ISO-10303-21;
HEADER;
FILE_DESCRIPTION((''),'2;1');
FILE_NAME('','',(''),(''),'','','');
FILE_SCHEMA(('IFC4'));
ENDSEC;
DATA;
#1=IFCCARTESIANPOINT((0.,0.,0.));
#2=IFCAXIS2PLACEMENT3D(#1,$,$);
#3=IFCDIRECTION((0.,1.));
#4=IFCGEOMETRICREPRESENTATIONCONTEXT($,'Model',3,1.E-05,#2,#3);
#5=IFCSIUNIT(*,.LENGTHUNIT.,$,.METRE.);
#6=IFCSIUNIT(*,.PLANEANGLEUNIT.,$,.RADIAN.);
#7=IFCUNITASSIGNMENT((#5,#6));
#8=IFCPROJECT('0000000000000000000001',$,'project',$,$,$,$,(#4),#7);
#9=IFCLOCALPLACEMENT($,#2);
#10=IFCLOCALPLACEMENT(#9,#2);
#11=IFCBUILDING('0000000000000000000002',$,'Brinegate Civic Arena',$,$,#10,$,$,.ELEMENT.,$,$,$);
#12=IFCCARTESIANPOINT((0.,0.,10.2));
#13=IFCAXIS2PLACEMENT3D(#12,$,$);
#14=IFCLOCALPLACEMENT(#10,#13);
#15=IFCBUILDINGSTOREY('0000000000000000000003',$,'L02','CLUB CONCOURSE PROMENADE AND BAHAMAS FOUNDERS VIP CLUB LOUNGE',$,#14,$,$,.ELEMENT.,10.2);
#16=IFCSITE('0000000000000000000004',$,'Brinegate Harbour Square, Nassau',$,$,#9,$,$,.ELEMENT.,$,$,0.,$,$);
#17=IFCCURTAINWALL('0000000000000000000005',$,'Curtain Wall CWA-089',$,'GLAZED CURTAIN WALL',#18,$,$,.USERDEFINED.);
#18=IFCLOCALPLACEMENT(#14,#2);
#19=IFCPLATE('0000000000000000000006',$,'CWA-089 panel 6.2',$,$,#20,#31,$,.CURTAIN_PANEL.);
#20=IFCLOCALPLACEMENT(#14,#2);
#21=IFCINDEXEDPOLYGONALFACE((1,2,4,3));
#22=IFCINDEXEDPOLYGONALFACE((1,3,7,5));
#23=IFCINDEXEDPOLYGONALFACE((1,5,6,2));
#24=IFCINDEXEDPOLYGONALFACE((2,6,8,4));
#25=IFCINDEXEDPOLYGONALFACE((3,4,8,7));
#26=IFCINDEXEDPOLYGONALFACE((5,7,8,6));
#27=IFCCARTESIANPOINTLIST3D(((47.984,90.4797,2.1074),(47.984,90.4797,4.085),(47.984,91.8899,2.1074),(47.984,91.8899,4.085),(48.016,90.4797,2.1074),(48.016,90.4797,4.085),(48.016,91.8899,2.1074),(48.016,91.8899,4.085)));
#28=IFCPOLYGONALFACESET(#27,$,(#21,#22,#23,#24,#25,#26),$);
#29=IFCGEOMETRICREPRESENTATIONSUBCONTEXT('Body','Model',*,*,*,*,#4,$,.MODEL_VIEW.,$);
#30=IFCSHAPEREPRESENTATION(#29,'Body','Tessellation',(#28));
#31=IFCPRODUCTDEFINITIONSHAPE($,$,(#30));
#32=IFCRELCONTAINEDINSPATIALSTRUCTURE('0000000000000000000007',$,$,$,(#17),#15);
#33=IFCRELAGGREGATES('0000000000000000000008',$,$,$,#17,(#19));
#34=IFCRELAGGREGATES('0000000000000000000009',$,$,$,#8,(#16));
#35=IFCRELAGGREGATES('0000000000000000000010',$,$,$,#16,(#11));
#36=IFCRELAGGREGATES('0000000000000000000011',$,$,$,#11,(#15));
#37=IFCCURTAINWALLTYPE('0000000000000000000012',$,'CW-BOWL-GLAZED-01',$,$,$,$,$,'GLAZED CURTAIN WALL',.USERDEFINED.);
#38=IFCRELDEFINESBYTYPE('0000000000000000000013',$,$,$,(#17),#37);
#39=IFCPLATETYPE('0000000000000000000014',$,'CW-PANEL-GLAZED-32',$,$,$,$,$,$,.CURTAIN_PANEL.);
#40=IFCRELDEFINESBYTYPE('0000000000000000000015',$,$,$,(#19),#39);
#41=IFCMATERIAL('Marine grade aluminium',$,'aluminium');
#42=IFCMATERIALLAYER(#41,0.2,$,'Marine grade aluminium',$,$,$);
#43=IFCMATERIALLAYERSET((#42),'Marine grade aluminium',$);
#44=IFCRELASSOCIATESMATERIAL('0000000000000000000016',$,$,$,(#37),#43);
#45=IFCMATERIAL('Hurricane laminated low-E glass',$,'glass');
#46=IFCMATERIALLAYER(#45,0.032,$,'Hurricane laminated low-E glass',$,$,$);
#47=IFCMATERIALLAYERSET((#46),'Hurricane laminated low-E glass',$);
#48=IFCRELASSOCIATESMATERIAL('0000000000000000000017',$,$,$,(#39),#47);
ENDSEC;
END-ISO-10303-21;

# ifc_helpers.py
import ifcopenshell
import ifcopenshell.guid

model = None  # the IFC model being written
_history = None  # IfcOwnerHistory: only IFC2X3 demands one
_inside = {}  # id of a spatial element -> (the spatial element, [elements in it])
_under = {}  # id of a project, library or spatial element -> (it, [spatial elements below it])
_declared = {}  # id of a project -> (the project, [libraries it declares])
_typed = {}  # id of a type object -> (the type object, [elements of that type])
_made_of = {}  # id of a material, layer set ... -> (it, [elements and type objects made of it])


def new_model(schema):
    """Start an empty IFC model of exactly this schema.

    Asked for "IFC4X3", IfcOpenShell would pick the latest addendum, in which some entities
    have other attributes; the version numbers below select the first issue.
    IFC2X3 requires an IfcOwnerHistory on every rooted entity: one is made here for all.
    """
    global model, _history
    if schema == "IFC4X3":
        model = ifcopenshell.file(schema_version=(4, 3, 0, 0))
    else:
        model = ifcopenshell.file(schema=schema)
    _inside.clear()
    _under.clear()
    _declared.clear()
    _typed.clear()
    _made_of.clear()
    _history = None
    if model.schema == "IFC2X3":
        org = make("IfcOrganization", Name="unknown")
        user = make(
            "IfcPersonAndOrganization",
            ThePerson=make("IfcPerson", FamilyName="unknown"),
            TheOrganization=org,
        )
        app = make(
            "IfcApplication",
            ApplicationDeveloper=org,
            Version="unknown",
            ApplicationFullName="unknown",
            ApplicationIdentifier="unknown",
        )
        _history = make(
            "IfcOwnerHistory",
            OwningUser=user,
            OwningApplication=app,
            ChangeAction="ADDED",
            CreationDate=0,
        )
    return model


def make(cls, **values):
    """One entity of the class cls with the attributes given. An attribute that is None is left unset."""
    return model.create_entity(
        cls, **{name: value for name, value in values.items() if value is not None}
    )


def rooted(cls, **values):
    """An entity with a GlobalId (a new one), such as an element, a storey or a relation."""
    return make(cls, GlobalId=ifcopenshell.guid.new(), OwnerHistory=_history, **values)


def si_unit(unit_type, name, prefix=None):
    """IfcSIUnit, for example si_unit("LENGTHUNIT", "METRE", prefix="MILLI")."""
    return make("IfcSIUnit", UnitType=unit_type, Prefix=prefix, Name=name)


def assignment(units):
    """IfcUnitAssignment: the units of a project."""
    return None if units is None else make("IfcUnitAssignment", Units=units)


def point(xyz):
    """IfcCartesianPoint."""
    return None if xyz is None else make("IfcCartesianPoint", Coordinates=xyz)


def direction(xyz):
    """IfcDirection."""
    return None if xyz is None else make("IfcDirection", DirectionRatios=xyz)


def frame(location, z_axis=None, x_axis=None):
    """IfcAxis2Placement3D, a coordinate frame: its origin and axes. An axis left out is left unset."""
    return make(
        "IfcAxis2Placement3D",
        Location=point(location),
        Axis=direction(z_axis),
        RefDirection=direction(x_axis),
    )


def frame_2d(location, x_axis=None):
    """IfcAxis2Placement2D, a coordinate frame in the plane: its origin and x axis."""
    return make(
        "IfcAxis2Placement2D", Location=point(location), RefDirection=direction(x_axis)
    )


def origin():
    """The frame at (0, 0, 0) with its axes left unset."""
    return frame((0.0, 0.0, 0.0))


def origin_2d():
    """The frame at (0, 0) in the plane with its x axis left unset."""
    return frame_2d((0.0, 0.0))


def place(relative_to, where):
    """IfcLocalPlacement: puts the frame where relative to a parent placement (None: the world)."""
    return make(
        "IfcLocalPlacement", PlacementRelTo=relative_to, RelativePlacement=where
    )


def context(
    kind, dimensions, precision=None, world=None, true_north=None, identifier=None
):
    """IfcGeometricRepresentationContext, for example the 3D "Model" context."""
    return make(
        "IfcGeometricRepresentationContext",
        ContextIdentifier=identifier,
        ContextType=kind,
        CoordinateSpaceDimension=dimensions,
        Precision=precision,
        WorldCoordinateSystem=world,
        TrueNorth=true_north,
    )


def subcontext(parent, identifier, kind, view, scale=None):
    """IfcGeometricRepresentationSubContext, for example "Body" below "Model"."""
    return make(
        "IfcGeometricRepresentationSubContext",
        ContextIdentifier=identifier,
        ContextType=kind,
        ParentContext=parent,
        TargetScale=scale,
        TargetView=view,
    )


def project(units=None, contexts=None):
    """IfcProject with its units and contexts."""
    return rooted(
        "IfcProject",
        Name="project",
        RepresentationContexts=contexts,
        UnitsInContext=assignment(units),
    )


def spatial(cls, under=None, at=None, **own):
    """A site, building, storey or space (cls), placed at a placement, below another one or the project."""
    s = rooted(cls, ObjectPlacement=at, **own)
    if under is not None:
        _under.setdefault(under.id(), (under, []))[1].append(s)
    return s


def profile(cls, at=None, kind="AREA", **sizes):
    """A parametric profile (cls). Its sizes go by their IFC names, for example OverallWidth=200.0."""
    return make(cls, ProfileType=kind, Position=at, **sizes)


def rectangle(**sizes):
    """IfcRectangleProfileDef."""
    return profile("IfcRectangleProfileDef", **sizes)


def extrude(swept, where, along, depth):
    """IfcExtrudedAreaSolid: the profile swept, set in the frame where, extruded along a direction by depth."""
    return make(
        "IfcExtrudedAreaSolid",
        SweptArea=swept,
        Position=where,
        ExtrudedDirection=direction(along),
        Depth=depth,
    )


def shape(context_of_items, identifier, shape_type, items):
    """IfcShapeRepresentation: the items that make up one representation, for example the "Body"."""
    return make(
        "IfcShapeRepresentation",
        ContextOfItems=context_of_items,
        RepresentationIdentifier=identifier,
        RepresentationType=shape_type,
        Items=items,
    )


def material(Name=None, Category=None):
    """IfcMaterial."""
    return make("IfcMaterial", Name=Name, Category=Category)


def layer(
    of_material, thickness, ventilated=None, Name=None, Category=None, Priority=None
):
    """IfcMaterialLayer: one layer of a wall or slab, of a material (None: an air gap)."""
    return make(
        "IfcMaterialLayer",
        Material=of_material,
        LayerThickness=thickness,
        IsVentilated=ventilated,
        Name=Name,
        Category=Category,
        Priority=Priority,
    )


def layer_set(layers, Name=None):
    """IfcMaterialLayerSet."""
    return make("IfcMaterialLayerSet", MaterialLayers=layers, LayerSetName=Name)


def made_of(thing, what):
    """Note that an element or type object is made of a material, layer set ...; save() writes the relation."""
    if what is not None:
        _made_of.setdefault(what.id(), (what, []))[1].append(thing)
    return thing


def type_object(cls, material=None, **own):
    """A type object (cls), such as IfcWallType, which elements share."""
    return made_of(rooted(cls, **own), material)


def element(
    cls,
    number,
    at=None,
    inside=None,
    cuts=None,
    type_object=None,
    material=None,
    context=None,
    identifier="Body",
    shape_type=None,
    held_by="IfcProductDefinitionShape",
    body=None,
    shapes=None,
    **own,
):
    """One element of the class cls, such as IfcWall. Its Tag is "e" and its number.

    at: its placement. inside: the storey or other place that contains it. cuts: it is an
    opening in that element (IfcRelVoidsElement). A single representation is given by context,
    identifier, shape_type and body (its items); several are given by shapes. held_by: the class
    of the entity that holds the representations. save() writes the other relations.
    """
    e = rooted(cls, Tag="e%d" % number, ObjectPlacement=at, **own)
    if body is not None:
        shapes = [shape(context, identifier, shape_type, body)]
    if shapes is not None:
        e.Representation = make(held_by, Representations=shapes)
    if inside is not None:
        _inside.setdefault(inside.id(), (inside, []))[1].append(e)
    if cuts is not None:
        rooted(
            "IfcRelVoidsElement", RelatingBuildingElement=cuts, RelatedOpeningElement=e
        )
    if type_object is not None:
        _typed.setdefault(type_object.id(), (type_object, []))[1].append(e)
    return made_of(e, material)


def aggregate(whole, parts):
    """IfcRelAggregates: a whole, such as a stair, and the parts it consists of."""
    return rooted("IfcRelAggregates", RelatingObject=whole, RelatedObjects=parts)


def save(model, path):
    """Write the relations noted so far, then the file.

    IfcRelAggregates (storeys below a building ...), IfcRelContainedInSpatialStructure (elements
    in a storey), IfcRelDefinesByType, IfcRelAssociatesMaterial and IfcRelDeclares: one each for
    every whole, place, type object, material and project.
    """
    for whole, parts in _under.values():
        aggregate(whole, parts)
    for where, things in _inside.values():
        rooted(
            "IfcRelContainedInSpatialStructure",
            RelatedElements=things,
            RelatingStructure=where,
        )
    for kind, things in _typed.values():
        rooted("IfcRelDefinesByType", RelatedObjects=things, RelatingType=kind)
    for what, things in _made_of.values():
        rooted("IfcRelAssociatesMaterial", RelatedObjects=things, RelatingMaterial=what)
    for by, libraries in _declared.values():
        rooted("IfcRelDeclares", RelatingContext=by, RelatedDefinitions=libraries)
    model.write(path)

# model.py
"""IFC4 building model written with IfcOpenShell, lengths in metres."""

from ifc_helpers import new_model, si_unit, direction, frame, origin, origin_2d, place, context, subcontext, project, spatial, rectangle, extrude, material, layer, layer_set, type_object, element, aggregate, save


model = new_model("IFC4")

# Units and contexts
model_context = context("Model", 3, precision=1e-05, world=origin(), true_north=direction((0.0, 1.0)))
body_context = subcontext(model_context, "Body", "Model", "MODEL_VIEW")
ifc_project = project(units=[si_unit("LENGTHUNIT", "METRE"), si_unit("PLANEANGLEUNIT", "RADIAN")], contexts=[model_context])

# Site, building, storey
site_placement = place(None, origin())
site = spatial("IfcSite", under=ifc_project, at=site_placement, Name="Brinegate Harbour Square, Nassau", CompositionType="ELEMENT", RefElevation=0.0)
building_placement = place(site_placement, origin())
building = spatial("IfcBuilding", under=site, at=building_placement, Name="Brinegate Civic Arena", CompositionType="ELEMENT")
storey_placement = place(building_placement, frame((0.0, 0.0, 10.2)))
storey = spatial("IfcBuildingStorey", under=building, at=storey_placement, Name="L02", Description="CLUB CONCOURSE PROMENADE AND BAHAMAS FOUNDERS VIP CLUB LOUNGE", CompositionType="ELEMENT", Elevation=10.2)

# Curtain wall
ifc_material_1 = material(Name="Marine grade aluminium", Category="aluminium")
ifc_layer_1 = layer(ifc_material_1, 0.2, Name="Marine grade aluminium")
ifc_layer_set_1 = layer_set([ifc_layer_1], Name="Marine grade aluminium")
curtain_wall_type = type_object("IfcCurtainWallType", Name="CW-BOWL-GLAZED-01", ElementType="GLAZED CURTAIN WALL", PredefinedType="USERDEFINED", material=ifc_layer_set_1)
curtain_wall_placement = place(storey_placement, origin())
curtain_wall = element("IfcCurtainWall", 1, at=curtain_wall_placement, inside=storey, type_object=curtain_wall_type, Name="Curtain Wall CWA-089", ObjectType="GLAZED CURTAIN WALL", PredefinedType="USERDEFINED")

# Plate
ifc_material_2 = material(Name="Hurricane laminated low-E glass", Category="glass")
ifc_layer_2 = layer(ifc_material_2, 0.032, Name="Hurricane laminated low-E glass")
ifc_layer_set_2 = layer_set([ifc_layer_2], Name="Hurricane laminated low-E glass")
plate_type = type_object("IfcPlateType", Name="CW-PANEL-GLAZED-32", PredefinedType="CURTAIN_PANEL", material=ifc_layer_set_2)
plate_1_placement = place(storey_placement, frame((48.0, 91.1848, 2.1074), z_axis=(0.0, 0.0, 1.0), x_axis=(0.0, 1.0, 0.0)))
plate_1 = element("IfcPlate", 2, at=plate_1_placement, type_object=plate_type, Name="CWA-089 panel 6.2", PredefinedType="CURTAIN_PANEL", context=body_context, shape_type="SweptSolid", body=[
    extrude(rectangle(XDim=1.4102, YDim=0.032, at=origin_2d()), origin(), (0.0, 0.0, 1.0), 1.9775),
])
aggregate(curtain_wall, [plate_1])

save(model, "model.ifc")
